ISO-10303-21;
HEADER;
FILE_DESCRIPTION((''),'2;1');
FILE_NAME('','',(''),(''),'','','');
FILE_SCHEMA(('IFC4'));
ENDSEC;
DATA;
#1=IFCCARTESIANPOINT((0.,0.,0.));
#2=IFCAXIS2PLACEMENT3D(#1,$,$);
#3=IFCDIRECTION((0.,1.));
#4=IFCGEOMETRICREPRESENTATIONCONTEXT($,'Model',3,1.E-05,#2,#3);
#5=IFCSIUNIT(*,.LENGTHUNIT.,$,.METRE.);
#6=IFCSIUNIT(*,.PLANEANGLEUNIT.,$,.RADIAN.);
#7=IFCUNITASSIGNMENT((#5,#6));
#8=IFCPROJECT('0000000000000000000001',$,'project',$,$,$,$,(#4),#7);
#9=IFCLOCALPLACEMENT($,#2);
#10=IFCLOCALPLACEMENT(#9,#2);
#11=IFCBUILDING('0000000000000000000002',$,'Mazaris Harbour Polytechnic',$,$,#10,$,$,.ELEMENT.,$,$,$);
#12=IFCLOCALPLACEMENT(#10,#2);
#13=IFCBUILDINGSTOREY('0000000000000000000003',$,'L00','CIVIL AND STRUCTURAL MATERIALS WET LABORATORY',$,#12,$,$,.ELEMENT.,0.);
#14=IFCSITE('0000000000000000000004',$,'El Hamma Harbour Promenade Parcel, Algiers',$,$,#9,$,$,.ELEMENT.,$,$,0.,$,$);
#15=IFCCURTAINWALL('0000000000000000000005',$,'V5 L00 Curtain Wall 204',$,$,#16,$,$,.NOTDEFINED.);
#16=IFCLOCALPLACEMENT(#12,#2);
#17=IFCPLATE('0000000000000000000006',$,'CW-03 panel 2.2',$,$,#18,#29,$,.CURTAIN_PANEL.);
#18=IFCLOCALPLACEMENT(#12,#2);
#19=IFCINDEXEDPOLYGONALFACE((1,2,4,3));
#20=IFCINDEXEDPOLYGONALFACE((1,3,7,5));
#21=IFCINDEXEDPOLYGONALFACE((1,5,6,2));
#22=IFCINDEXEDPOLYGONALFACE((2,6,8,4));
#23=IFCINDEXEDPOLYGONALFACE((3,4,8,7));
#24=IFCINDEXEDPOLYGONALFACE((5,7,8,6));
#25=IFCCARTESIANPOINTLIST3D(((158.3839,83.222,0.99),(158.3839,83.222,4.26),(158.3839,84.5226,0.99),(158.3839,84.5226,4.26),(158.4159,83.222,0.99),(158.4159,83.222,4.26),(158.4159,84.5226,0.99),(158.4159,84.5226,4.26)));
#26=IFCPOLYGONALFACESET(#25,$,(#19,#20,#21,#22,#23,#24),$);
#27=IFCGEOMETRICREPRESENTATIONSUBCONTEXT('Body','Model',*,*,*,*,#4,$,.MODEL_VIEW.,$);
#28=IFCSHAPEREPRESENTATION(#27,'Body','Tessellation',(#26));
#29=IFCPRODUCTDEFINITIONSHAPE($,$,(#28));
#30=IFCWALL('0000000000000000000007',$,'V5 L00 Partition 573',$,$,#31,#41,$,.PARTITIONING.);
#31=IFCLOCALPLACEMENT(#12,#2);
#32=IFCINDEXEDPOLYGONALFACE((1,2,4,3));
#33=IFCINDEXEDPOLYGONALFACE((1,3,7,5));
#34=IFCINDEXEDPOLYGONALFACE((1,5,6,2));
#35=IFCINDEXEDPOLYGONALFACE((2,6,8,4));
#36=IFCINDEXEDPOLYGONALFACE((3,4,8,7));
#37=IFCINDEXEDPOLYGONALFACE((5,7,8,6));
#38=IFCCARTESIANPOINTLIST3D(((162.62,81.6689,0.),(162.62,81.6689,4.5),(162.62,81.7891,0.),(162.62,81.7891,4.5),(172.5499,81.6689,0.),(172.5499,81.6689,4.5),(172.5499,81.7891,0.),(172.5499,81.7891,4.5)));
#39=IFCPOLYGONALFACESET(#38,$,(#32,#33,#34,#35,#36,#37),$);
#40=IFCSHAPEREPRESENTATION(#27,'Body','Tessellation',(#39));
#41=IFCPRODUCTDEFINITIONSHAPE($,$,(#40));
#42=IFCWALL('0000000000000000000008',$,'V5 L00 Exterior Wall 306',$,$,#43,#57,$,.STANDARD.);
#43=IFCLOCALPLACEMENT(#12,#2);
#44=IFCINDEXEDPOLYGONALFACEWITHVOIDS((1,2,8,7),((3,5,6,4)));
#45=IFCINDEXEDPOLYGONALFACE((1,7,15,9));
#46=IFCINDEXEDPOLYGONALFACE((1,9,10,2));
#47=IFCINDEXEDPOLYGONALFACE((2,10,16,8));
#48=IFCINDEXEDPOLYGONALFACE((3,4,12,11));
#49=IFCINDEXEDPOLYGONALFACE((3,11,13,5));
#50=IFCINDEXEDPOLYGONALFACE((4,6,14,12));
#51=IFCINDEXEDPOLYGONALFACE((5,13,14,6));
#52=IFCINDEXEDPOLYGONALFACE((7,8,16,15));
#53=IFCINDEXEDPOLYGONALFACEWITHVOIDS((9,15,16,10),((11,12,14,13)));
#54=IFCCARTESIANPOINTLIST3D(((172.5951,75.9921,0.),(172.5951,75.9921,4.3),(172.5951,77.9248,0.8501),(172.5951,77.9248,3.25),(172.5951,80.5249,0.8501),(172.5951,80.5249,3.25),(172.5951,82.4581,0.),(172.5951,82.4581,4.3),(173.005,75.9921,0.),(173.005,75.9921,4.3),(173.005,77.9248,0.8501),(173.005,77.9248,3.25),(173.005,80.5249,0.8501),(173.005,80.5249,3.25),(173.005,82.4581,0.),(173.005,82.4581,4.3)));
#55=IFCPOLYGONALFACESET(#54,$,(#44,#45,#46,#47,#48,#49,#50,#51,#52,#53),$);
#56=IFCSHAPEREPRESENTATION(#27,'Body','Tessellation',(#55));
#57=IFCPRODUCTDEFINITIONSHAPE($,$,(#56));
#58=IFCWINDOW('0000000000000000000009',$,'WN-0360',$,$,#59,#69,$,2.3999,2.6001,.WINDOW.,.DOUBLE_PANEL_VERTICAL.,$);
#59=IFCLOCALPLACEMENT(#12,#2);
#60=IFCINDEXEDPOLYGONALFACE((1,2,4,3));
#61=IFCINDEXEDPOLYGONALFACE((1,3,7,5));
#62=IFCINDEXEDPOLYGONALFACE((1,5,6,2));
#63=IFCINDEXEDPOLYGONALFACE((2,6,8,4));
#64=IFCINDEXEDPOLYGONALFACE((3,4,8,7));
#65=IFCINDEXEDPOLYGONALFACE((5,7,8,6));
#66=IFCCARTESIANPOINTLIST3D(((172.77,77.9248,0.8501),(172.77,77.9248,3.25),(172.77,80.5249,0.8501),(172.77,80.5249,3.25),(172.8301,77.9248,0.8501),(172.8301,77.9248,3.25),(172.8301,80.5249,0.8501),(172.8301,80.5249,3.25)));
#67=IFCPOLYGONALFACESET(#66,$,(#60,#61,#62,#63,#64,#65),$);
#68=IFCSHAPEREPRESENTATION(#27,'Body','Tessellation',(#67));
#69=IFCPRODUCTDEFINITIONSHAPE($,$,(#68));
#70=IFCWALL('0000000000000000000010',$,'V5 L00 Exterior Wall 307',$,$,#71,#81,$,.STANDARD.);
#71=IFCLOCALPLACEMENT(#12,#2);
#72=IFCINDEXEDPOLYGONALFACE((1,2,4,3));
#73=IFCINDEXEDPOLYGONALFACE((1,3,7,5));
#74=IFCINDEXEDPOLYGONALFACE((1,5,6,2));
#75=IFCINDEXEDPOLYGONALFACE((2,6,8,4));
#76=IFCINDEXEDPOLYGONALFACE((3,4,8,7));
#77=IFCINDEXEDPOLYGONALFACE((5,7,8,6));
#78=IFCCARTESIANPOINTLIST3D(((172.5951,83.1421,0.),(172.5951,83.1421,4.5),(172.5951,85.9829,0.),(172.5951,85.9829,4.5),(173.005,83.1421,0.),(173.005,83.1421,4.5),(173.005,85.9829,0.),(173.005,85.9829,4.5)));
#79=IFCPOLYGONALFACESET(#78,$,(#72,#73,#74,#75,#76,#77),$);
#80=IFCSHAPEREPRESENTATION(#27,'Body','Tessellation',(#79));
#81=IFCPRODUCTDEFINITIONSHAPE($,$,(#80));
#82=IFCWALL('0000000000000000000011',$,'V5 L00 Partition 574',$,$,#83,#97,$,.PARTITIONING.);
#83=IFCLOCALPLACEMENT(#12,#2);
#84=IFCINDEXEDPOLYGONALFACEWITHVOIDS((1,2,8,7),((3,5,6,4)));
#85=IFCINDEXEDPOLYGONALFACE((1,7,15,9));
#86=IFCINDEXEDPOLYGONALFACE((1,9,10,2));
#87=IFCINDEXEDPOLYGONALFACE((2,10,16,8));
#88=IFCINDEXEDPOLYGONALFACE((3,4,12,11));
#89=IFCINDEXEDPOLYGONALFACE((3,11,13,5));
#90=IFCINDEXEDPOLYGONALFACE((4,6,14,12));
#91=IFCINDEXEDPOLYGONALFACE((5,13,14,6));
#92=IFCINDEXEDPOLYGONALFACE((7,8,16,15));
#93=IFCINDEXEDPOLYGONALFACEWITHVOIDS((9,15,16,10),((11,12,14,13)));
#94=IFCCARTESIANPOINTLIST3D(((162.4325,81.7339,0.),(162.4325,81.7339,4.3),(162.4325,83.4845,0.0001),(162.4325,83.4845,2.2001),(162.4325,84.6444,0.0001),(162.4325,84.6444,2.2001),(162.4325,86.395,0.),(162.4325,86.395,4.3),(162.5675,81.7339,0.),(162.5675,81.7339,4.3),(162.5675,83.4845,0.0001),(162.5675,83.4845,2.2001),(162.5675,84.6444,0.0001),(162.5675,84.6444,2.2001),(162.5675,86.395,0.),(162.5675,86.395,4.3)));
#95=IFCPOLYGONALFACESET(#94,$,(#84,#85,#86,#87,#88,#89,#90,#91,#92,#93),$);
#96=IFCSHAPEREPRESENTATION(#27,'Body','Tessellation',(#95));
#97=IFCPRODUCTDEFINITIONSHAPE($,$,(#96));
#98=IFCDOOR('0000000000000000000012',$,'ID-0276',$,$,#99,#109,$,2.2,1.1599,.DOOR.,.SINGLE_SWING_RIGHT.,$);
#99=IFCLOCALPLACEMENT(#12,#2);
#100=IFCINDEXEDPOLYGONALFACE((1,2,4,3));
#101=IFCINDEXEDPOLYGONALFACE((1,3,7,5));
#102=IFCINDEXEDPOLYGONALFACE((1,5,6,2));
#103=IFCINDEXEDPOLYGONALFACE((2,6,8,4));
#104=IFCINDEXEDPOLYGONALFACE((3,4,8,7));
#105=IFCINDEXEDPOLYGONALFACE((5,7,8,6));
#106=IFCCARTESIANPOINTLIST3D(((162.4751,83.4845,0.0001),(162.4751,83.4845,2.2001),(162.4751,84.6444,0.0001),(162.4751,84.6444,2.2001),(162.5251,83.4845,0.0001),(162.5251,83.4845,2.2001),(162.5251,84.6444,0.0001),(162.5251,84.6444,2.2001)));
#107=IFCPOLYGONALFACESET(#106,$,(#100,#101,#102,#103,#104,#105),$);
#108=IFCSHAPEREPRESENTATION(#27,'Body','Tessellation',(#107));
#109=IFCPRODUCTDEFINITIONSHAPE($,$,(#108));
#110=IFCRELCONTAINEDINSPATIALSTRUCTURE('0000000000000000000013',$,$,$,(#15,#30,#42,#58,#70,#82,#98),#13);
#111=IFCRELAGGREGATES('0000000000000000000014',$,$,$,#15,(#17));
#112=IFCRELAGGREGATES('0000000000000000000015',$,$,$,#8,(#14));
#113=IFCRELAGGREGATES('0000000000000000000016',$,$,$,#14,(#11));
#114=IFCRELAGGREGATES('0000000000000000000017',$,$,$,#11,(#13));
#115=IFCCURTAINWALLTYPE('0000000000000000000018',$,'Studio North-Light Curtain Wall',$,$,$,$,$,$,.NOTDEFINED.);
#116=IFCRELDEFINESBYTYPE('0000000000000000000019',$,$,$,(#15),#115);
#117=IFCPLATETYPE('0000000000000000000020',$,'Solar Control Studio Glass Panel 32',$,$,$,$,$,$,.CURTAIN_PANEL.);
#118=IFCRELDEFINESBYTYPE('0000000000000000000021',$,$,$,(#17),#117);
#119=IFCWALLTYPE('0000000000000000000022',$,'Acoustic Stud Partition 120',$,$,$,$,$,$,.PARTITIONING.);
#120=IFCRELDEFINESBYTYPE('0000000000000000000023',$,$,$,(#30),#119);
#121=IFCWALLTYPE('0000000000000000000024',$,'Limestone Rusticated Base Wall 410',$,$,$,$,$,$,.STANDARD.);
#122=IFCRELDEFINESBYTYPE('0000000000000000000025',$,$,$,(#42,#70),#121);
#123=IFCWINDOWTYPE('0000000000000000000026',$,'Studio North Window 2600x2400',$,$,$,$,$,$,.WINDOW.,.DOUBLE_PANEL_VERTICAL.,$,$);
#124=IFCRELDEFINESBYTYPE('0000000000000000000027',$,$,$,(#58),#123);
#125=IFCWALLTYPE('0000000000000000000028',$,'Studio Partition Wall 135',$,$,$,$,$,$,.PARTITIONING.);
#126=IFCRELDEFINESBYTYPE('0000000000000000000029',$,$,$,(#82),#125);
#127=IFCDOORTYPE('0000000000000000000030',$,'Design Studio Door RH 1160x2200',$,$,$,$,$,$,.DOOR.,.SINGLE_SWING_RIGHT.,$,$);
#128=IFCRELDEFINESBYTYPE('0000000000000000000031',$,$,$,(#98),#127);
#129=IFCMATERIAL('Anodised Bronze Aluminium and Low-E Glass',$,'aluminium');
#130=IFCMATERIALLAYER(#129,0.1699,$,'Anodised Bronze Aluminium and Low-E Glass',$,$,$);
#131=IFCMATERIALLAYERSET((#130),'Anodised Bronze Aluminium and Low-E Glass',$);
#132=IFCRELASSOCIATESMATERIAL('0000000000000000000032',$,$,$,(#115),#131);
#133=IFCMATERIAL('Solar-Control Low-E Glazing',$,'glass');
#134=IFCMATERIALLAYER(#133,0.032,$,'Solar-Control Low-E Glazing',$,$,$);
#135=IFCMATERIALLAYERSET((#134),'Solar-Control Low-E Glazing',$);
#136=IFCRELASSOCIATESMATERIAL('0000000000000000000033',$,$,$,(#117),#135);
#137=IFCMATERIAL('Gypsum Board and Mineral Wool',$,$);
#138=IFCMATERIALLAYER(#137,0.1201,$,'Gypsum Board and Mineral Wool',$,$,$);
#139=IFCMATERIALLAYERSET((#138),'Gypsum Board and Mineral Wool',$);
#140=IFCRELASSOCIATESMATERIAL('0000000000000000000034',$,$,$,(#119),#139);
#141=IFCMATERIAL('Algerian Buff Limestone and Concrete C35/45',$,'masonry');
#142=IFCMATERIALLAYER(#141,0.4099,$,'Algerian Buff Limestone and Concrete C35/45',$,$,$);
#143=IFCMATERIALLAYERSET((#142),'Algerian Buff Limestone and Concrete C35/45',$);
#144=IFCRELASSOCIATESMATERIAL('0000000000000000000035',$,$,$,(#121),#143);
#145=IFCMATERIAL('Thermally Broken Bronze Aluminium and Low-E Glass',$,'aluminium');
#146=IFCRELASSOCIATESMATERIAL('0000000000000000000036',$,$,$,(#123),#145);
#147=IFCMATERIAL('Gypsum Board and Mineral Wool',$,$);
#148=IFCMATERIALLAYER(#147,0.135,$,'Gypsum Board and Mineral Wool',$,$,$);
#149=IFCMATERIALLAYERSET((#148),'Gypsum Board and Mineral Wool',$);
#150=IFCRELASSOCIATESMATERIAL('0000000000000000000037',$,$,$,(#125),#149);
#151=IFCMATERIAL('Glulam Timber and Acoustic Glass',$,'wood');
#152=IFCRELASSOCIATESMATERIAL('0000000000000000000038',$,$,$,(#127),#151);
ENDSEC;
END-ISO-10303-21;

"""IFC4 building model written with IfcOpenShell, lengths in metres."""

from ifc_helpers import new_model, si_unit, direction, frame, frame_2d, origin, origin_2d, place, context, subcontext, project, spatial, rectangle, extrude, material, layer, layer_set, type_object, element, fill, aggregate, save


model = new_model("IFC4")

# Units and contexts
model_context = context("Model", 3, precision=1e-05, world=origin(), true_north=direction((0.0, 1.0)))
body_context = subcontext(model_context, "Body", "Model", "MODEL_VIEW")
ifc_project = project(units=[si_unit("LENGTHUNIT", "METRE"), si_unit("PLANEANGLEUNIT", "RADIAN")], contexts=[model_context])

# Site, building, storey
site_placement = place(None, origin())
site = spatial("IfcSite", under=ifc_project, at=site_placement, Name="El Hamma Harbour Promenade Parcel, Algiers", CompositionType="ELEMENT", RefElevation=0.0)
building_placement = place(site_placement, origin())
building = spatial("IfcBuilding", under=site, at=building_placement, Name="Mazaris Harbour Polytechnic", CompositionType="ELEMENT")
storey_placement = place(building_placement, origin())
storey = spatial("IfcBuildingStorey", under=building, at=storey_placement, Name="L00", Description="CIVIL AND STRUCTURAL MATERIALS WET LABORATORY", CompositionType="ELEMENT", Elevation=0.0)

# Curtain wall
ifc_material_1 = material(Name="Anodised Bronze Aluminium and Low-E Glass", Category="aluminium")
ifc_layer_1 = layer(ifc_material_1, 0.1699, Name="Anodised Bronze Aluminium and Low-E Glass")
ifc_layer_set_1 = layer_set([ifc_layer_1], Name="Anodised Bronze Aluminium and Low-E Glass")
curtain_wall_type = type_object("IfcCurtainWallType", Name="Studio North-Light Curtain Wall", PredefinedType="NOTDEFINED", material=ifc_layer_set_1)
curtain_wall_placement = place(storey_placement, origin())
curtain_wall = element("IfcCurtainWall", 1, at=curtain_wall_placement, inside=storey, type_object=curtain_wall_type, Name="V5 L00 Curtain Wall 204", PredefinedType="NOTDEFINED")

# Plate
ifc_material_2 = material(Name="Solar-Control Low-E Glazing", Category="glass")
ifc_layer_2 = layer(ifc_material_2, 0.032, Name="Solar-Control Low-E Glazing")
ifc_layer_set_2 = layer_set([ifc_layer_2], Name="Solar-Control Low-E Glazing")
plate_type = type_object("IfcPlateType", Name="Solar Control Studio Glass Panel 32", PredefinedType="CURTAIN_PANEL", material=ifc_layer_set_2)
plate_1_placement = place(storey_placement, frame((158.3999, 83.8723, 0.99), z_axis=(0.0, 0.0, 1.0), x_axis=(0.0, -1.0, 0.0)))
plate_1 = element("IfcPlate", 2, at=plate_1_placement, type_object=plate_type, Name="CW-03 panel 2.2", PredefinedType="CURTAIN_PANEL", context=body_context, shape_type="SweptSolid", body=[
    extrude(rectangle(XDim=1.3005, YDim=0.032, at=origin_2d()), origin(), (0.0, 0.0, 1.0), 3.27),
])
aggregate(curtain_wall, [plate_1])

# Wall
ifc_material_3 = material(Name="Gypsum Board and Mineral Wool")
ifc_layer_3 = layer(ifc_material_3, 0.1201, Name="Gypsum Board and Mineral Wool")
ifc_layer_set_3 = layer_set([ifc_layer_3], Name="Gypsum Board and Mineral Wool")
wall_type_1 = type_object("IfcWallType", Name="Acoustic Stud Partition 120", PredefinedType="PARTITIONING", material=ifc_layer_set_3)
wall_1_placement = place(storey_placement, frame((162.6201, 81.729, 0.0), z_axis=(0.0, 0.0, 1.0), x_axis=(1.0, 0.0, 0.0)))
element("IfcWall", 3, at=wall_1_placement, inside=storey, type_object=wall_type_1, Name="V5 L00 Partition 573", PredefinedType="PARTITIONING", context=body_context, shape_type="SweptSolid", body=[
    extrude(rectangle(XDim=9.9299, YDim=0.1201, at=frame_2d((4.9648, 0.0))), origin(), (0.0, 0.0, 1.0), 4.5),
])

# Wall, opening, window
ifc_material_4 = material(Name="Algerian Buff Limestone and Concrete C35/45", Category="masonry")
ifc_layer_4 = layer(ifc_material_4, 0.4099, Name="Algerian Buff Limestone and Concrete C35/45")
ifc_layer_set_4 = layer_set([ifc_layer_4], Name="Algerian Buff Limestone and Concrete C35/45")
wall_type_2 = type_object("IfcWallType", Name="Limestone Rusticated Base Wall 410", PredefinedType="STANDARD", material=ifc_layer_set_4)
wall_2_placement = place(storey_placement, frame((172.8, 82.458, 0.0), z_axis=(0.0, 0.0, 1.0), x_axis=(0.0, -1.0, 0.0)))
wall_2 = element("IfcWall", 4, at=wall_2_placement, inside=storey, type_object=wall_type_2, Name="V5 L00 Exterior Wall 306", PredefinedType="STANDARD", context=body_context, shape_type="SweptSolid", body=[
    extrude(rectangle(XDim=6.4661, YDim=0.4099, at=frame_2d((3.2329, 0.0))), origin(), (0.0, 0.0, 1.0), 4.3),
])
opening_1_placement = place(wall_2_placement, frame((1.9331, 0.0, 0.8501)))
opening_1 = element("IfcOpeningElement", 5, at=opening_1_placement, cuts=wall_2, PredefinedType="OPENING", context=body_context, shape_type="SweptSolid", body=[
    extrude(rectangle(XDim=2.6001, YDim=2.3999, at=frame_2d((1.3, 1.2))), frame((0.0, 0.2148, 0.0), z_axis=(0.0, -1.0, 0.0), x_axis=(1.0, 0.0, 0.0)), (0.0, 0.0, 1.0), 0.4299),
])
ifc_material_5 = material(Name="Thermally Broken Bronze Aluminium and Low-E Glass", Category="aluminium")
window_type = type_object("IfcWindowType", Name="Studio North Window 2600x2400", PartitioningType="DOUBLE_PANEL_VERTICAL", PredefinedType="WINDOW", material=ifc_material_5)
window_placement = place(opening_1_placement, origin())
window = element("IfcWindow", 6, at=window_placement, inside=storey, type_object=window_type, Name="WN-0360", OverallHeight=2.3999, OverallWidth=2.6001, PartitioningType="DOUBLE_PANEL_VERTICAL", PredefinedType="WINDOW", context=body_context, shape_type="SweptSolid", body=[
    extrude(rectangle(XDim=2.6001, YDim=2.3999, at=frame_2d((1.3, 1.2))), frame((0.0, 0.03, 0.0), z_axis=(0.0, -1.0, 0.0), x_axis=(1.0, 0.0, 0.0)), (0.0, 0.0, 1.0), 0.0601),
])
fill(opening_1, window)

# Wall
wall_3_placement = place(storey_placement, frame((172.8, 85.9829, 0.0), z_axis=(0.0, 0.0, 1.0), x_axis=(0.0, -1.0, 0.0)))
element("IfcWall", 7, at=wall_3_placement, inside=storey, type_object=wall_type_2, Name="V5 L00 Exterior Wall 307", PredefinedType="STANDARD", context=body_context, shape_type="SweptSolid", body=[
    extrude(rectangle(XDim=2.8408, YDim=0.4099, at=frame_2d((1.4204, 0.0))), origin(), (0.0, 0.0, 1.0), 4.5),
])

# Wall, opening, door
ifc_material_6 = material(Name="Gypsum Board and Mineral Wool")
ifc_layer_5 = layer(ifc_material_6, 0.135, Name="Gypsum Board and Mineral Wool")
ifc_layer_set_5 = layer_set([ifc_layer_5], Name="Gypsum Board and Mineral Wool")
wall_type_3 = type_object("IfcWallType", Name="Studio Partition Wall 135", PredefinedType="PARTITIONING", material=ifc_layer_set_5)
wall_4_placement = place(storey_placement, frame((162.5, 81.7339, 0.0), z_axis=(0.0, 0.0, 1.0), x_axis=(0.0, 1.0, 0.0)))
wall_4 = element("IfcWall", 8, at=wall_4_placement, inside=storey, type_object=wall_type_3, Name="V5 L00 Partition 574", PredefinedType="PARTITIONING", context=body_context, shape_type="SweptSolid", body=[
    extrude(rectangle(XDim=4.6611, YDim=0.135, at=frame_2d((2.3306, 0.0))), origin(), (0.0, 0.0, 1.0), 4.3),
])
opening_2_placement = place(wall_4_placement, frame((1.7505, 0.0, 0.0)))
opening_2 = element("IfcOpeningElement", 9, at=opening_2_placement, cuts=wall_4, PredefinedType="OPENING", context=body_context, shape_type="SweptSolid", body=[
    extrude(rectangle(XDim=1.1599, YDim=2.2, at=frame_2d((0.5801, 1.1001))), frame((0.0, 0.0774, 0.0), z_axis=(0.0, -1.0, 0.0), x_axis=(1.0, 0.0, 0.0)), (0.0, 0.0, 1.0), 0.155),
])
ifc_material_7 = material(Name="Glulam Timber and Acoustic Glass", Category="wood")
door_type = type_object("IfcDoorType", Name="Design Studio Door RH 1160x2200", OperationType="SINGLE_SWING_RIGHT", PredefinedType="DOOR", material=ifc_material_7)
door_placement = place(opening_2_placement, origin())
door = element("IfcDoor", 10, at=door_placement, inside=storey, type_object=door_type, Name="ID-0276", OperationType="SINGLE_SWING_RIGHT", OverallHeight=2.2, OverallWidth=1.1599, PredefinedType="DOOR", context=body_context, shape_type="SweptSolid", body=[
    extrude(rectangle(XDim=1.1599, YDim=2.2, at=frame_2d((0.5801, 1.1001))), frame((0.0, 0.0249, 0.0), z_axis=(0.0, -1.0, 0.0), x_axis=(1.0, 0.0, 0.0)), (0.0, 0.0, 1.0), 0.05),
])
fill(opening_2, door)

save(model, "model.ifc")
